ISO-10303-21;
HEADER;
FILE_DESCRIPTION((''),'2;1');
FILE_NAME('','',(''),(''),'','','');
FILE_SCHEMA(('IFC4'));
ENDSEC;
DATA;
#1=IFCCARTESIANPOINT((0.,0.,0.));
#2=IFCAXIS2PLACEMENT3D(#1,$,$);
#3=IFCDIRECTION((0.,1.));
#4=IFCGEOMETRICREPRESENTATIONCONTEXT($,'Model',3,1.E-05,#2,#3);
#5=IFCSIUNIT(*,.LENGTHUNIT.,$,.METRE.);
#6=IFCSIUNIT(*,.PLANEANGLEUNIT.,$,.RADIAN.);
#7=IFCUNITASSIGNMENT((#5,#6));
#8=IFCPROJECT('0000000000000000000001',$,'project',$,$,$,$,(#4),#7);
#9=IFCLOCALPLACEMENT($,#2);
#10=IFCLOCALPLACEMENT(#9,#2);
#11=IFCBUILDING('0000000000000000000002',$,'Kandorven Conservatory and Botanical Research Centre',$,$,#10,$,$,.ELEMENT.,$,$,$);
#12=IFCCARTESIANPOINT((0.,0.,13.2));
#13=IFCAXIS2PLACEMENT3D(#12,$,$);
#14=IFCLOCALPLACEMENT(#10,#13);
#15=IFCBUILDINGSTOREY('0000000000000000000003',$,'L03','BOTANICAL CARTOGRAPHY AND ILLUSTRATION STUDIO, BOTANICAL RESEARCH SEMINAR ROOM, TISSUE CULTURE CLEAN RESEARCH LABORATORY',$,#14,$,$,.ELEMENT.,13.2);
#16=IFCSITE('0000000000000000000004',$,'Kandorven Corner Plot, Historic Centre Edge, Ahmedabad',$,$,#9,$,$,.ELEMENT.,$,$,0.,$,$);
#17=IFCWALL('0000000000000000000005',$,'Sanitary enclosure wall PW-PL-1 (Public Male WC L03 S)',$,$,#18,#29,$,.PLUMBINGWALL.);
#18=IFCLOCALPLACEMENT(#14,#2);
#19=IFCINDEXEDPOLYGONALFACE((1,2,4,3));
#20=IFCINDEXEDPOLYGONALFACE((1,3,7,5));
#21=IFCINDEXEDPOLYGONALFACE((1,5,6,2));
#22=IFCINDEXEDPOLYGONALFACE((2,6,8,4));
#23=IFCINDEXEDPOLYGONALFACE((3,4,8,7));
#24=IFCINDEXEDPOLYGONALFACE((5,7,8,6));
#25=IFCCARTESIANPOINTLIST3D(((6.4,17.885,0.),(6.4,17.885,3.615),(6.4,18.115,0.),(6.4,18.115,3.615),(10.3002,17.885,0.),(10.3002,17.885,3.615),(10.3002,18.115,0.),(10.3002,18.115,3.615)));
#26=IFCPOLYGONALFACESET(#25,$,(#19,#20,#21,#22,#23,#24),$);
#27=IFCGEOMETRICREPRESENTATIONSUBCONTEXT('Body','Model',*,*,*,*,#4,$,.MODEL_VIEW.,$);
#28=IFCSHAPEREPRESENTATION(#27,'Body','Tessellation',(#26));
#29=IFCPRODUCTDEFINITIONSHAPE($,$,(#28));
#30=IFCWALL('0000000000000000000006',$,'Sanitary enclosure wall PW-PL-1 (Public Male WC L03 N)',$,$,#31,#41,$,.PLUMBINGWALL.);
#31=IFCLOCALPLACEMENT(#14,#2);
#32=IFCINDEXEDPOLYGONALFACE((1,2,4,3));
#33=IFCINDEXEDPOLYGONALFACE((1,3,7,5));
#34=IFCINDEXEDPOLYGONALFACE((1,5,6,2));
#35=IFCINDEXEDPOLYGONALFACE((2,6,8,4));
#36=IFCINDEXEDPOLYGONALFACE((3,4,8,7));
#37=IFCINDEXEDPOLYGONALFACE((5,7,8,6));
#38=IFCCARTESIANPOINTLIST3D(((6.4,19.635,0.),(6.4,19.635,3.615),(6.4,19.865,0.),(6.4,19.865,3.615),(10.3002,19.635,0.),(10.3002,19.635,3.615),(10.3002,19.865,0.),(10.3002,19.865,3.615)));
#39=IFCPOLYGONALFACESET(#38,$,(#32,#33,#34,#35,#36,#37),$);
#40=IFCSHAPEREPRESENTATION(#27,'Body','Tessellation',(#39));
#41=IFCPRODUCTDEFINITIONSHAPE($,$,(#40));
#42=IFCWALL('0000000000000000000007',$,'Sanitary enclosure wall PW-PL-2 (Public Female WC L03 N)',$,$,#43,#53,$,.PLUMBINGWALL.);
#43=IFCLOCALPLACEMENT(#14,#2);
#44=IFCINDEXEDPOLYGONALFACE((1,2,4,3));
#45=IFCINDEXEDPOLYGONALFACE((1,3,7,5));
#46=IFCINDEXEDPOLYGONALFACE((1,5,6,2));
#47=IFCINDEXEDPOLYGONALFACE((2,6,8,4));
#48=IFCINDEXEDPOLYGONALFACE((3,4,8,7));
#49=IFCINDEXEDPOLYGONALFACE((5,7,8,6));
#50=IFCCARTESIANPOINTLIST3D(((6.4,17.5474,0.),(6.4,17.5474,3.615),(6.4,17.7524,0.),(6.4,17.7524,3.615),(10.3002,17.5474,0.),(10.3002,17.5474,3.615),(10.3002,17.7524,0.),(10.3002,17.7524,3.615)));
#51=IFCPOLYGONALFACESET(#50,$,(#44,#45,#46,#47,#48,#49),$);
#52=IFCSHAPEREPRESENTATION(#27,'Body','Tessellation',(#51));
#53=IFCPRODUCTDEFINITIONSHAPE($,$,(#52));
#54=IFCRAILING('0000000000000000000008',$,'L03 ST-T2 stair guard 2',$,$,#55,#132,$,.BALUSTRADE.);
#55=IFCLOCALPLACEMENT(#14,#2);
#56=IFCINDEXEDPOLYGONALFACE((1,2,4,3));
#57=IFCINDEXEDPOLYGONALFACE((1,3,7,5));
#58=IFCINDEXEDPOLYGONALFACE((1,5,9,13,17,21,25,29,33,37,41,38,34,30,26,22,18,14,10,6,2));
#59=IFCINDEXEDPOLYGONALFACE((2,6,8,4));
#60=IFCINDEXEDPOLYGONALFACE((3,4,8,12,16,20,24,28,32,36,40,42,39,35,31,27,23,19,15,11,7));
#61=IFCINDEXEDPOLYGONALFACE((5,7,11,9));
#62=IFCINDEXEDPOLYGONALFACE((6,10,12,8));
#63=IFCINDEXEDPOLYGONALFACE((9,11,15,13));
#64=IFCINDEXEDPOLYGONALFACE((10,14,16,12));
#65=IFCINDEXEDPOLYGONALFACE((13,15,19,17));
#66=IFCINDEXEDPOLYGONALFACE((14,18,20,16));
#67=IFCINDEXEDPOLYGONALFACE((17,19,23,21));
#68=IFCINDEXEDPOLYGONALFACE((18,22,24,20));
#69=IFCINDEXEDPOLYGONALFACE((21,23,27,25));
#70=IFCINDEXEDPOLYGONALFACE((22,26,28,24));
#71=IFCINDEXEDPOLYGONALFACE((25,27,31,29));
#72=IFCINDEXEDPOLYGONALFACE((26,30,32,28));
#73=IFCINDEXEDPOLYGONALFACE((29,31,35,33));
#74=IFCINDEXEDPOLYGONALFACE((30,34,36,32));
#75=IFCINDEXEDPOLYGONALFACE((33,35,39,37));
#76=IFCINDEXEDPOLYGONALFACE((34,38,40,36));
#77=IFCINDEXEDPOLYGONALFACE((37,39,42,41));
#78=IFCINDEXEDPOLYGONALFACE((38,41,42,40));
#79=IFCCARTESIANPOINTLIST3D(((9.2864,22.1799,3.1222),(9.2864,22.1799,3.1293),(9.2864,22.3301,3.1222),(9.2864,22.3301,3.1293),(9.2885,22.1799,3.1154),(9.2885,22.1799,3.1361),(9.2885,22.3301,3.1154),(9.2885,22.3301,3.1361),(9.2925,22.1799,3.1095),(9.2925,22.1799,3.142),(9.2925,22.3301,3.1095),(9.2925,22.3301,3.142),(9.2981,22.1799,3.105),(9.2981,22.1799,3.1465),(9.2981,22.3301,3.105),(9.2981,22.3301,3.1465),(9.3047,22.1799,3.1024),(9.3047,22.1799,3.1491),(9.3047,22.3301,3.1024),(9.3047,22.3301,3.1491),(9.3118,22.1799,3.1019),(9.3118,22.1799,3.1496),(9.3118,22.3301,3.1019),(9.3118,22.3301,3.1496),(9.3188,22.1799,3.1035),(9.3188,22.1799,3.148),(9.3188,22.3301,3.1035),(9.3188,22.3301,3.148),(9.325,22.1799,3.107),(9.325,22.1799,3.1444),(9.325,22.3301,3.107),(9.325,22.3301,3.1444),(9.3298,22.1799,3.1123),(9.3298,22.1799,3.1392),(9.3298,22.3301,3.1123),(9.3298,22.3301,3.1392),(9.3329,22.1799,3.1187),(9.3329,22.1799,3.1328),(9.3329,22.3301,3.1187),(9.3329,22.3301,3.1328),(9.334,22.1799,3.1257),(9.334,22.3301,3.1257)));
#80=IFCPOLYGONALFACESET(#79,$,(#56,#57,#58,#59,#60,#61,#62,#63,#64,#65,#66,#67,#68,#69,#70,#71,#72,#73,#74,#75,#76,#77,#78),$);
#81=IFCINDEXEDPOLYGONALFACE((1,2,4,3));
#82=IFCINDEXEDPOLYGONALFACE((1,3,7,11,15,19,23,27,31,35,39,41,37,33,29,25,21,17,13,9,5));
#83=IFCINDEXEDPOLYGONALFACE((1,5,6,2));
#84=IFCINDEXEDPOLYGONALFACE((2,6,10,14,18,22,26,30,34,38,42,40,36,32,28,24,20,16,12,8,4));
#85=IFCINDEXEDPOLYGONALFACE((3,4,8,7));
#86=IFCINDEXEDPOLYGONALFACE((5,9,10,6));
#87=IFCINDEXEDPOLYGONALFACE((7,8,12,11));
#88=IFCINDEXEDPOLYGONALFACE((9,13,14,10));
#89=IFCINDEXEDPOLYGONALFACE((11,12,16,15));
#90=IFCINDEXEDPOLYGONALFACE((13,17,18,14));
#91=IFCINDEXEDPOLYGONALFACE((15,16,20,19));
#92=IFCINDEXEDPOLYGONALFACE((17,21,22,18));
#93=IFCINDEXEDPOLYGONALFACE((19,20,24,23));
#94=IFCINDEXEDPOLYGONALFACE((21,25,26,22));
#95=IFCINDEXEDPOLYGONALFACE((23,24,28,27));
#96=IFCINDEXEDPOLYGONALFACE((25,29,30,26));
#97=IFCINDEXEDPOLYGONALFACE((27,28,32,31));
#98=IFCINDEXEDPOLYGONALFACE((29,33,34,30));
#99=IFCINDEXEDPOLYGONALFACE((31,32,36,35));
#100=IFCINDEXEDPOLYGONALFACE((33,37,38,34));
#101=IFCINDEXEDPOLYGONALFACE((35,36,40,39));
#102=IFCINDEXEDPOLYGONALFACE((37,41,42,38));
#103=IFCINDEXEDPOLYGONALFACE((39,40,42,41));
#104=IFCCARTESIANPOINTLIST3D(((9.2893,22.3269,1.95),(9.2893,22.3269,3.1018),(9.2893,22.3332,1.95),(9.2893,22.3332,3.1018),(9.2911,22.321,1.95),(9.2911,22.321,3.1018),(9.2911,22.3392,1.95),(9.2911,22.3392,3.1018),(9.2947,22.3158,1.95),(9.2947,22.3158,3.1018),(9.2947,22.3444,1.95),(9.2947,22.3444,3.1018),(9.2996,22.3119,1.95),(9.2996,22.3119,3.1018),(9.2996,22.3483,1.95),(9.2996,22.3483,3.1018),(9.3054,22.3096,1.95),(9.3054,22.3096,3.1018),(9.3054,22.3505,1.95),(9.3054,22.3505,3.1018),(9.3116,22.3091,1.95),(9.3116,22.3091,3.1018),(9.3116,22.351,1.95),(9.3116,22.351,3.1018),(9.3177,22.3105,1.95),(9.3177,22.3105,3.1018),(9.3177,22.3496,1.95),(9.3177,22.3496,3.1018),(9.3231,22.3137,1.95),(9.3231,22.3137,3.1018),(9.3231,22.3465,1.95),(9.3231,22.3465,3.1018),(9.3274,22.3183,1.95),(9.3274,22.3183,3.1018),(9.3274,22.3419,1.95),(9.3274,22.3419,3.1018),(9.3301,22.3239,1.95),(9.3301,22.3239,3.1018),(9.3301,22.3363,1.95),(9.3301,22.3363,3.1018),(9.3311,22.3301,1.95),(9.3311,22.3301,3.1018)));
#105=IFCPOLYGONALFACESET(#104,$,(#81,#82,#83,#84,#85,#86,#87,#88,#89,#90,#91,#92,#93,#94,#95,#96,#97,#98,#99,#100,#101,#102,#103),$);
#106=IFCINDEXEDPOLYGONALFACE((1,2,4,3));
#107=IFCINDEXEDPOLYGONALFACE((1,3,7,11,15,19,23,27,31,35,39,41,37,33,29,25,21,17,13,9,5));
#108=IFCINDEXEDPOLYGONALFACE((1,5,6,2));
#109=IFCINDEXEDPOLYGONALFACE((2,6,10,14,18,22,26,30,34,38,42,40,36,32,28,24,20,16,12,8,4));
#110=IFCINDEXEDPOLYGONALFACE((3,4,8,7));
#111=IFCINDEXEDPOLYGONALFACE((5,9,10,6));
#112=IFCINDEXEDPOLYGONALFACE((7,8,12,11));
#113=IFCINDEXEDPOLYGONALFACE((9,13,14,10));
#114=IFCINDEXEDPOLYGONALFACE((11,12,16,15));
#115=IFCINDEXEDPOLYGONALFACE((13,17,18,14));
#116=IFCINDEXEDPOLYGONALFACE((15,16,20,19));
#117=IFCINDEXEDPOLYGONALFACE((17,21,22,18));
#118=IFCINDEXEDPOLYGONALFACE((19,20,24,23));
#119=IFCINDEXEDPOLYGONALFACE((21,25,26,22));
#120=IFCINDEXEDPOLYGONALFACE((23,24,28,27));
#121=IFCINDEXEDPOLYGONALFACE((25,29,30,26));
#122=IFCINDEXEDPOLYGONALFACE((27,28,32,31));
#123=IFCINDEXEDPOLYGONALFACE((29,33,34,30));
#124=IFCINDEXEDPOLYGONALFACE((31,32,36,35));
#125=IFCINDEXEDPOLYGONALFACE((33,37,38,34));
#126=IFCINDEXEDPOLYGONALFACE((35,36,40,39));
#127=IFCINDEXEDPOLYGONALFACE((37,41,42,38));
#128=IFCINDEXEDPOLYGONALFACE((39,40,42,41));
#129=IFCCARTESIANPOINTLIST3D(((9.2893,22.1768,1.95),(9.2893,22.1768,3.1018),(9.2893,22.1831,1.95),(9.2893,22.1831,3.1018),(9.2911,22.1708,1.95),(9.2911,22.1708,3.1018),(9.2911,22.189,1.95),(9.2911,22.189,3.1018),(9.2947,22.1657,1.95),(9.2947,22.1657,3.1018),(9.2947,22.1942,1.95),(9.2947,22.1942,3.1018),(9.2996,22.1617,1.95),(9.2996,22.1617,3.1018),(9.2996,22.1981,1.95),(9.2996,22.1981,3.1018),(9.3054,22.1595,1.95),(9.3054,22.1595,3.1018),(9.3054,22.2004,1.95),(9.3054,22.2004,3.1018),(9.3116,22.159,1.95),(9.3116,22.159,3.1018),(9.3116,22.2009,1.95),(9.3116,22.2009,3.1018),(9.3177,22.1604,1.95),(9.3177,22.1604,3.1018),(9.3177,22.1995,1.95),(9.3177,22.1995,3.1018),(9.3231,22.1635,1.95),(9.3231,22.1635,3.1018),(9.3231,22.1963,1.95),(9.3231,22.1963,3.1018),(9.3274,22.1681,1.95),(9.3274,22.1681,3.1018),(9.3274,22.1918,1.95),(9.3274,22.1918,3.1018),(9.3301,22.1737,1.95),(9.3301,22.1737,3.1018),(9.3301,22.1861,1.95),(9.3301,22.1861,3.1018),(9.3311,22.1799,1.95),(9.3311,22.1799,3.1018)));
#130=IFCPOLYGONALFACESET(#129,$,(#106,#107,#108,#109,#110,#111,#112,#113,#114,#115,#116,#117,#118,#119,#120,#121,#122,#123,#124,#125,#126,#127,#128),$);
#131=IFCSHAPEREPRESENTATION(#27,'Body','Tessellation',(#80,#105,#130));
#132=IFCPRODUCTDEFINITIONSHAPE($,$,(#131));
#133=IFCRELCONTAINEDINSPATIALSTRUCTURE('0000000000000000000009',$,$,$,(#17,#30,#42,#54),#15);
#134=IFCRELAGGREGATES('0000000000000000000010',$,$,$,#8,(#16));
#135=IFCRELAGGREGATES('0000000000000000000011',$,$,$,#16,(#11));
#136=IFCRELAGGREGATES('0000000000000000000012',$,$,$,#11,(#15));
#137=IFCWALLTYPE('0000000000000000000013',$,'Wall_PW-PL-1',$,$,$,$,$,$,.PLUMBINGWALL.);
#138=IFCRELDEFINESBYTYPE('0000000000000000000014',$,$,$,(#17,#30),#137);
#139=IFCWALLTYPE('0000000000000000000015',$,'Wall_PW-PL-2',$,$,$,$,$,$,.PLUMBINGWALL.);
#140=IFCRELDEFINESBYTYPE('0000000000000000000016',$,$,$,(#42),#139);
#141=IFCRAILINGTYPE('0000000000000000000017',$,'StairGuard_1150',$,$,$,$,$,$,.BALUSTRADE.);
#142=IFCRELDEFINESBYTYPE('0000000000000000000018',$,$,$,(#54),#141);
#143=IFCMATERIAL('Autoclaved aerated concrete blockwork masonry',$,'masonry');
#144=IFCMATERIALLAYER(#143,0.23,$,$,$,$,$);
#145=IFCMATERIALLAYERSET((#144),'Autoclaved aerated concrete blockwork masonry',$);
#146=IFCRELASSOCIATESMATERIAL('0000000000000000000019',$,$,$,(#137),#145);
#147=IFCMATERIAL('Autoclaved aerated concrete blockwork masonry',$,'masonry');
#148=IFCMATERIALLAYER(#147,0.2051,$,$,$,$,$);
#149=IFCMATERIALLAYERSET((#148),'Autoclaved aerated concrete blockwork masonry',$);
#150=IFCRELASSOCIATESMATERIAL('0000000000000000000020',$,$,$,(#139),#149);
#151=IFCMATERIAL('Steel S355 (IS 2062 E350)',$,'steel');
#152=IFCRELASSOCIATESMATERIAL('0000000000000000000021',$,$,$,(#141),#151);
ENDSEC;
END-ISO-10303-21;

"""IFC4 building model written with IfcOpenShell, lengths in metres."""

from ifc_helpers import new_model, si_unit, direction, frame, frame_2d, origin, origin_2d, place, context, subcontext, project, spatial, rectangle, circle, extrude, material, layer, layer_set, type_object, element, save


model = new_model("IFC4")

# Units and contexts
model_context = context("Model", 3, precision=1e-05, world=origin(), true_north=direction((0.0, 1.0)))
body_context = subcontext(model_context, "Body", "Model", "MODEL_VIEW")
ifc_project = project(units=[si_unit("LENGTHUNIT", "METRE"), si_unit("PLANEANGLEUNIT", "RADIAN")], contexts=[model_context])

# Site, building, storey
site_placement = place(None, origin())
site = spatial("IfcSite", under=ifc_project, at=site_placement, Name="Kandorven Corner Plot, Historic Centre Edge, Ahmedabad", CompositionType="ELEMENT", RefElevation=0.0)
building_placement = place(site_placement, origin())
building = spatial("IfcBuilding", under=site, at=building_placement, Name="Kandorven Conservatory and Botanical Research Centre", CompositionType="ELEMENT")
storey_placement = place(building_placement, frame((0.0, 0.0, 13.2)))
storey = spatial("IfcBuildingStorey", under=building, at=storey_placement, Name="L03", Description="BOTANICAL CARTOGRAPHY AND ILLUSTRATION STUDIO, BOTANICAL RESEARCH SEMINAR ROOM, TISSUE CULTURE CLEAN RESEARCH LABORATORY", CompositionType="ELEMENT", Elevation=13.2)

# Walls
ifc_material_1 = material(Name="Autoclaved aerated concrete blockwork masonry", Category="masonry")
ifc_layer_1 = layer(ifc_material_1, 0.23)
ifc_layer_set_1 = layer_set([ifc_layer_1], Name="Autoclaved aerated concrete blockwork masonry")
wall_type_1 = type_object("IfcWallType", Name="Wall_PW-PL-1", PredefinedType="PLUMBINGWALL", material=ifc_layer_set_1)
for number, where, z_axis, x_axis, name in (
    (1, (6.3999, 18.0, 0.0), (0.0, 0.0, 1.0), (1.0, 0.0, 0.0), "Sanitary enclosure wall PW-PL-1 (Public Male WC L03 S)"),
    (2, (6.3999, 19.75, 0.0), (0.0, 0.0, 1.0), (1.0, 0.0, 0.0), "Sanitary enclosure wall PW-PL-1 (Public Male WC L03 N)"),
):
    element("IfcWall", number, at=place(storey_placement, frame(where, z_axis=z_axis, x_axis=x_axis)), inside=storey, type_object=wall_type_1, Name=name, PredefinedType="PLUMBINGWALL", context=body_context, shape_type="SweptSolid", body=[
        extrude(rectangle(XDim=3.9001, YDim=0.23, at=frame_2d((1.9502, 0.0))), origin(), (0.0, 0.0, 1.0), 3.615),
    ])
ifc_material_2 = material(Name="Autoclaved aerated concrete blockwork masonry", Category="masonry")
ifc_layer_2 = layer(ifc_material_2, 0.2051)
ifc_layer_set_2 = layer_set([ifc_layer_2], Name="Autoclaved aerated concrete blockwork masonry")
wall_type_2 = type_object("IfcWallType", Name="Wall_PW-PL-2", PredefinedType="PLUMBINGWALL", material=ifc_layer_set_2)
wall_1_placement = place(storey_placement, frame((6.3999, 17.6499, 0.0), z_axis=(0.0, 0.0, 1.0), x_axis=(1.0, 0.0, 0.0)))
element("IfcWall", 3, at=wall_1_placement, inside=storey, type_object=wall_type_2, Name="Sanitary enclosure wall PW-PL-2 (Public Female WC L03 N)", PredefinedType="PLUMBINGWALL", context=body_context, shape_type="SweptSolid", body=[
    extrude(rectangle(XDim=3.9001, YDim=0.2051, at=frame_2d((1.9502, 0.0))), origin(), (0.0, 0.0, 1.0), 3.615),
])

# Railing
ifc_material_3 = material(Name="Steel S355 (IS 2062 E350)", Category="steel")
railing_type_1 = type_object("IfcRailingType", Name="StairGuard_1150", PredefinedType="BALUSTRADE", material=ifc_material_3)
railing_1_placement = place(storey_placement, frame((9.3101, 22.3301, 1.95)))
element("IfcRailing", 4, at=railing_1_placement, inside=storey, type_object=railing_type_1, Name="L03 ST-T2 stair guard 2", PredefinedType="BALUSTRADE", context=body_context, shape_type="SweptSolid", body=[
    extrude(circle(Radius=0.0239, at=origin_2d()), frame((0.0, 0.0, 1.1758), z_axis=(0.0, -1.0, 0.0), x_axis=(1.0, 0.0, 0.0)), (0.0, 0.0, 1.0), 0.1501),
    extrude(circle(Radius=0.021, at=origin_2d()), origin(), (0.0, 0.0, 1.0), 1.1519),
    extrude(circle(Radius=0.021, at=origin_2d()), frame((0.0, -0.1501, 0.0)), (0.0, 0.0, 1.0), 1.1519),
])

save(model, "model.ifc")
